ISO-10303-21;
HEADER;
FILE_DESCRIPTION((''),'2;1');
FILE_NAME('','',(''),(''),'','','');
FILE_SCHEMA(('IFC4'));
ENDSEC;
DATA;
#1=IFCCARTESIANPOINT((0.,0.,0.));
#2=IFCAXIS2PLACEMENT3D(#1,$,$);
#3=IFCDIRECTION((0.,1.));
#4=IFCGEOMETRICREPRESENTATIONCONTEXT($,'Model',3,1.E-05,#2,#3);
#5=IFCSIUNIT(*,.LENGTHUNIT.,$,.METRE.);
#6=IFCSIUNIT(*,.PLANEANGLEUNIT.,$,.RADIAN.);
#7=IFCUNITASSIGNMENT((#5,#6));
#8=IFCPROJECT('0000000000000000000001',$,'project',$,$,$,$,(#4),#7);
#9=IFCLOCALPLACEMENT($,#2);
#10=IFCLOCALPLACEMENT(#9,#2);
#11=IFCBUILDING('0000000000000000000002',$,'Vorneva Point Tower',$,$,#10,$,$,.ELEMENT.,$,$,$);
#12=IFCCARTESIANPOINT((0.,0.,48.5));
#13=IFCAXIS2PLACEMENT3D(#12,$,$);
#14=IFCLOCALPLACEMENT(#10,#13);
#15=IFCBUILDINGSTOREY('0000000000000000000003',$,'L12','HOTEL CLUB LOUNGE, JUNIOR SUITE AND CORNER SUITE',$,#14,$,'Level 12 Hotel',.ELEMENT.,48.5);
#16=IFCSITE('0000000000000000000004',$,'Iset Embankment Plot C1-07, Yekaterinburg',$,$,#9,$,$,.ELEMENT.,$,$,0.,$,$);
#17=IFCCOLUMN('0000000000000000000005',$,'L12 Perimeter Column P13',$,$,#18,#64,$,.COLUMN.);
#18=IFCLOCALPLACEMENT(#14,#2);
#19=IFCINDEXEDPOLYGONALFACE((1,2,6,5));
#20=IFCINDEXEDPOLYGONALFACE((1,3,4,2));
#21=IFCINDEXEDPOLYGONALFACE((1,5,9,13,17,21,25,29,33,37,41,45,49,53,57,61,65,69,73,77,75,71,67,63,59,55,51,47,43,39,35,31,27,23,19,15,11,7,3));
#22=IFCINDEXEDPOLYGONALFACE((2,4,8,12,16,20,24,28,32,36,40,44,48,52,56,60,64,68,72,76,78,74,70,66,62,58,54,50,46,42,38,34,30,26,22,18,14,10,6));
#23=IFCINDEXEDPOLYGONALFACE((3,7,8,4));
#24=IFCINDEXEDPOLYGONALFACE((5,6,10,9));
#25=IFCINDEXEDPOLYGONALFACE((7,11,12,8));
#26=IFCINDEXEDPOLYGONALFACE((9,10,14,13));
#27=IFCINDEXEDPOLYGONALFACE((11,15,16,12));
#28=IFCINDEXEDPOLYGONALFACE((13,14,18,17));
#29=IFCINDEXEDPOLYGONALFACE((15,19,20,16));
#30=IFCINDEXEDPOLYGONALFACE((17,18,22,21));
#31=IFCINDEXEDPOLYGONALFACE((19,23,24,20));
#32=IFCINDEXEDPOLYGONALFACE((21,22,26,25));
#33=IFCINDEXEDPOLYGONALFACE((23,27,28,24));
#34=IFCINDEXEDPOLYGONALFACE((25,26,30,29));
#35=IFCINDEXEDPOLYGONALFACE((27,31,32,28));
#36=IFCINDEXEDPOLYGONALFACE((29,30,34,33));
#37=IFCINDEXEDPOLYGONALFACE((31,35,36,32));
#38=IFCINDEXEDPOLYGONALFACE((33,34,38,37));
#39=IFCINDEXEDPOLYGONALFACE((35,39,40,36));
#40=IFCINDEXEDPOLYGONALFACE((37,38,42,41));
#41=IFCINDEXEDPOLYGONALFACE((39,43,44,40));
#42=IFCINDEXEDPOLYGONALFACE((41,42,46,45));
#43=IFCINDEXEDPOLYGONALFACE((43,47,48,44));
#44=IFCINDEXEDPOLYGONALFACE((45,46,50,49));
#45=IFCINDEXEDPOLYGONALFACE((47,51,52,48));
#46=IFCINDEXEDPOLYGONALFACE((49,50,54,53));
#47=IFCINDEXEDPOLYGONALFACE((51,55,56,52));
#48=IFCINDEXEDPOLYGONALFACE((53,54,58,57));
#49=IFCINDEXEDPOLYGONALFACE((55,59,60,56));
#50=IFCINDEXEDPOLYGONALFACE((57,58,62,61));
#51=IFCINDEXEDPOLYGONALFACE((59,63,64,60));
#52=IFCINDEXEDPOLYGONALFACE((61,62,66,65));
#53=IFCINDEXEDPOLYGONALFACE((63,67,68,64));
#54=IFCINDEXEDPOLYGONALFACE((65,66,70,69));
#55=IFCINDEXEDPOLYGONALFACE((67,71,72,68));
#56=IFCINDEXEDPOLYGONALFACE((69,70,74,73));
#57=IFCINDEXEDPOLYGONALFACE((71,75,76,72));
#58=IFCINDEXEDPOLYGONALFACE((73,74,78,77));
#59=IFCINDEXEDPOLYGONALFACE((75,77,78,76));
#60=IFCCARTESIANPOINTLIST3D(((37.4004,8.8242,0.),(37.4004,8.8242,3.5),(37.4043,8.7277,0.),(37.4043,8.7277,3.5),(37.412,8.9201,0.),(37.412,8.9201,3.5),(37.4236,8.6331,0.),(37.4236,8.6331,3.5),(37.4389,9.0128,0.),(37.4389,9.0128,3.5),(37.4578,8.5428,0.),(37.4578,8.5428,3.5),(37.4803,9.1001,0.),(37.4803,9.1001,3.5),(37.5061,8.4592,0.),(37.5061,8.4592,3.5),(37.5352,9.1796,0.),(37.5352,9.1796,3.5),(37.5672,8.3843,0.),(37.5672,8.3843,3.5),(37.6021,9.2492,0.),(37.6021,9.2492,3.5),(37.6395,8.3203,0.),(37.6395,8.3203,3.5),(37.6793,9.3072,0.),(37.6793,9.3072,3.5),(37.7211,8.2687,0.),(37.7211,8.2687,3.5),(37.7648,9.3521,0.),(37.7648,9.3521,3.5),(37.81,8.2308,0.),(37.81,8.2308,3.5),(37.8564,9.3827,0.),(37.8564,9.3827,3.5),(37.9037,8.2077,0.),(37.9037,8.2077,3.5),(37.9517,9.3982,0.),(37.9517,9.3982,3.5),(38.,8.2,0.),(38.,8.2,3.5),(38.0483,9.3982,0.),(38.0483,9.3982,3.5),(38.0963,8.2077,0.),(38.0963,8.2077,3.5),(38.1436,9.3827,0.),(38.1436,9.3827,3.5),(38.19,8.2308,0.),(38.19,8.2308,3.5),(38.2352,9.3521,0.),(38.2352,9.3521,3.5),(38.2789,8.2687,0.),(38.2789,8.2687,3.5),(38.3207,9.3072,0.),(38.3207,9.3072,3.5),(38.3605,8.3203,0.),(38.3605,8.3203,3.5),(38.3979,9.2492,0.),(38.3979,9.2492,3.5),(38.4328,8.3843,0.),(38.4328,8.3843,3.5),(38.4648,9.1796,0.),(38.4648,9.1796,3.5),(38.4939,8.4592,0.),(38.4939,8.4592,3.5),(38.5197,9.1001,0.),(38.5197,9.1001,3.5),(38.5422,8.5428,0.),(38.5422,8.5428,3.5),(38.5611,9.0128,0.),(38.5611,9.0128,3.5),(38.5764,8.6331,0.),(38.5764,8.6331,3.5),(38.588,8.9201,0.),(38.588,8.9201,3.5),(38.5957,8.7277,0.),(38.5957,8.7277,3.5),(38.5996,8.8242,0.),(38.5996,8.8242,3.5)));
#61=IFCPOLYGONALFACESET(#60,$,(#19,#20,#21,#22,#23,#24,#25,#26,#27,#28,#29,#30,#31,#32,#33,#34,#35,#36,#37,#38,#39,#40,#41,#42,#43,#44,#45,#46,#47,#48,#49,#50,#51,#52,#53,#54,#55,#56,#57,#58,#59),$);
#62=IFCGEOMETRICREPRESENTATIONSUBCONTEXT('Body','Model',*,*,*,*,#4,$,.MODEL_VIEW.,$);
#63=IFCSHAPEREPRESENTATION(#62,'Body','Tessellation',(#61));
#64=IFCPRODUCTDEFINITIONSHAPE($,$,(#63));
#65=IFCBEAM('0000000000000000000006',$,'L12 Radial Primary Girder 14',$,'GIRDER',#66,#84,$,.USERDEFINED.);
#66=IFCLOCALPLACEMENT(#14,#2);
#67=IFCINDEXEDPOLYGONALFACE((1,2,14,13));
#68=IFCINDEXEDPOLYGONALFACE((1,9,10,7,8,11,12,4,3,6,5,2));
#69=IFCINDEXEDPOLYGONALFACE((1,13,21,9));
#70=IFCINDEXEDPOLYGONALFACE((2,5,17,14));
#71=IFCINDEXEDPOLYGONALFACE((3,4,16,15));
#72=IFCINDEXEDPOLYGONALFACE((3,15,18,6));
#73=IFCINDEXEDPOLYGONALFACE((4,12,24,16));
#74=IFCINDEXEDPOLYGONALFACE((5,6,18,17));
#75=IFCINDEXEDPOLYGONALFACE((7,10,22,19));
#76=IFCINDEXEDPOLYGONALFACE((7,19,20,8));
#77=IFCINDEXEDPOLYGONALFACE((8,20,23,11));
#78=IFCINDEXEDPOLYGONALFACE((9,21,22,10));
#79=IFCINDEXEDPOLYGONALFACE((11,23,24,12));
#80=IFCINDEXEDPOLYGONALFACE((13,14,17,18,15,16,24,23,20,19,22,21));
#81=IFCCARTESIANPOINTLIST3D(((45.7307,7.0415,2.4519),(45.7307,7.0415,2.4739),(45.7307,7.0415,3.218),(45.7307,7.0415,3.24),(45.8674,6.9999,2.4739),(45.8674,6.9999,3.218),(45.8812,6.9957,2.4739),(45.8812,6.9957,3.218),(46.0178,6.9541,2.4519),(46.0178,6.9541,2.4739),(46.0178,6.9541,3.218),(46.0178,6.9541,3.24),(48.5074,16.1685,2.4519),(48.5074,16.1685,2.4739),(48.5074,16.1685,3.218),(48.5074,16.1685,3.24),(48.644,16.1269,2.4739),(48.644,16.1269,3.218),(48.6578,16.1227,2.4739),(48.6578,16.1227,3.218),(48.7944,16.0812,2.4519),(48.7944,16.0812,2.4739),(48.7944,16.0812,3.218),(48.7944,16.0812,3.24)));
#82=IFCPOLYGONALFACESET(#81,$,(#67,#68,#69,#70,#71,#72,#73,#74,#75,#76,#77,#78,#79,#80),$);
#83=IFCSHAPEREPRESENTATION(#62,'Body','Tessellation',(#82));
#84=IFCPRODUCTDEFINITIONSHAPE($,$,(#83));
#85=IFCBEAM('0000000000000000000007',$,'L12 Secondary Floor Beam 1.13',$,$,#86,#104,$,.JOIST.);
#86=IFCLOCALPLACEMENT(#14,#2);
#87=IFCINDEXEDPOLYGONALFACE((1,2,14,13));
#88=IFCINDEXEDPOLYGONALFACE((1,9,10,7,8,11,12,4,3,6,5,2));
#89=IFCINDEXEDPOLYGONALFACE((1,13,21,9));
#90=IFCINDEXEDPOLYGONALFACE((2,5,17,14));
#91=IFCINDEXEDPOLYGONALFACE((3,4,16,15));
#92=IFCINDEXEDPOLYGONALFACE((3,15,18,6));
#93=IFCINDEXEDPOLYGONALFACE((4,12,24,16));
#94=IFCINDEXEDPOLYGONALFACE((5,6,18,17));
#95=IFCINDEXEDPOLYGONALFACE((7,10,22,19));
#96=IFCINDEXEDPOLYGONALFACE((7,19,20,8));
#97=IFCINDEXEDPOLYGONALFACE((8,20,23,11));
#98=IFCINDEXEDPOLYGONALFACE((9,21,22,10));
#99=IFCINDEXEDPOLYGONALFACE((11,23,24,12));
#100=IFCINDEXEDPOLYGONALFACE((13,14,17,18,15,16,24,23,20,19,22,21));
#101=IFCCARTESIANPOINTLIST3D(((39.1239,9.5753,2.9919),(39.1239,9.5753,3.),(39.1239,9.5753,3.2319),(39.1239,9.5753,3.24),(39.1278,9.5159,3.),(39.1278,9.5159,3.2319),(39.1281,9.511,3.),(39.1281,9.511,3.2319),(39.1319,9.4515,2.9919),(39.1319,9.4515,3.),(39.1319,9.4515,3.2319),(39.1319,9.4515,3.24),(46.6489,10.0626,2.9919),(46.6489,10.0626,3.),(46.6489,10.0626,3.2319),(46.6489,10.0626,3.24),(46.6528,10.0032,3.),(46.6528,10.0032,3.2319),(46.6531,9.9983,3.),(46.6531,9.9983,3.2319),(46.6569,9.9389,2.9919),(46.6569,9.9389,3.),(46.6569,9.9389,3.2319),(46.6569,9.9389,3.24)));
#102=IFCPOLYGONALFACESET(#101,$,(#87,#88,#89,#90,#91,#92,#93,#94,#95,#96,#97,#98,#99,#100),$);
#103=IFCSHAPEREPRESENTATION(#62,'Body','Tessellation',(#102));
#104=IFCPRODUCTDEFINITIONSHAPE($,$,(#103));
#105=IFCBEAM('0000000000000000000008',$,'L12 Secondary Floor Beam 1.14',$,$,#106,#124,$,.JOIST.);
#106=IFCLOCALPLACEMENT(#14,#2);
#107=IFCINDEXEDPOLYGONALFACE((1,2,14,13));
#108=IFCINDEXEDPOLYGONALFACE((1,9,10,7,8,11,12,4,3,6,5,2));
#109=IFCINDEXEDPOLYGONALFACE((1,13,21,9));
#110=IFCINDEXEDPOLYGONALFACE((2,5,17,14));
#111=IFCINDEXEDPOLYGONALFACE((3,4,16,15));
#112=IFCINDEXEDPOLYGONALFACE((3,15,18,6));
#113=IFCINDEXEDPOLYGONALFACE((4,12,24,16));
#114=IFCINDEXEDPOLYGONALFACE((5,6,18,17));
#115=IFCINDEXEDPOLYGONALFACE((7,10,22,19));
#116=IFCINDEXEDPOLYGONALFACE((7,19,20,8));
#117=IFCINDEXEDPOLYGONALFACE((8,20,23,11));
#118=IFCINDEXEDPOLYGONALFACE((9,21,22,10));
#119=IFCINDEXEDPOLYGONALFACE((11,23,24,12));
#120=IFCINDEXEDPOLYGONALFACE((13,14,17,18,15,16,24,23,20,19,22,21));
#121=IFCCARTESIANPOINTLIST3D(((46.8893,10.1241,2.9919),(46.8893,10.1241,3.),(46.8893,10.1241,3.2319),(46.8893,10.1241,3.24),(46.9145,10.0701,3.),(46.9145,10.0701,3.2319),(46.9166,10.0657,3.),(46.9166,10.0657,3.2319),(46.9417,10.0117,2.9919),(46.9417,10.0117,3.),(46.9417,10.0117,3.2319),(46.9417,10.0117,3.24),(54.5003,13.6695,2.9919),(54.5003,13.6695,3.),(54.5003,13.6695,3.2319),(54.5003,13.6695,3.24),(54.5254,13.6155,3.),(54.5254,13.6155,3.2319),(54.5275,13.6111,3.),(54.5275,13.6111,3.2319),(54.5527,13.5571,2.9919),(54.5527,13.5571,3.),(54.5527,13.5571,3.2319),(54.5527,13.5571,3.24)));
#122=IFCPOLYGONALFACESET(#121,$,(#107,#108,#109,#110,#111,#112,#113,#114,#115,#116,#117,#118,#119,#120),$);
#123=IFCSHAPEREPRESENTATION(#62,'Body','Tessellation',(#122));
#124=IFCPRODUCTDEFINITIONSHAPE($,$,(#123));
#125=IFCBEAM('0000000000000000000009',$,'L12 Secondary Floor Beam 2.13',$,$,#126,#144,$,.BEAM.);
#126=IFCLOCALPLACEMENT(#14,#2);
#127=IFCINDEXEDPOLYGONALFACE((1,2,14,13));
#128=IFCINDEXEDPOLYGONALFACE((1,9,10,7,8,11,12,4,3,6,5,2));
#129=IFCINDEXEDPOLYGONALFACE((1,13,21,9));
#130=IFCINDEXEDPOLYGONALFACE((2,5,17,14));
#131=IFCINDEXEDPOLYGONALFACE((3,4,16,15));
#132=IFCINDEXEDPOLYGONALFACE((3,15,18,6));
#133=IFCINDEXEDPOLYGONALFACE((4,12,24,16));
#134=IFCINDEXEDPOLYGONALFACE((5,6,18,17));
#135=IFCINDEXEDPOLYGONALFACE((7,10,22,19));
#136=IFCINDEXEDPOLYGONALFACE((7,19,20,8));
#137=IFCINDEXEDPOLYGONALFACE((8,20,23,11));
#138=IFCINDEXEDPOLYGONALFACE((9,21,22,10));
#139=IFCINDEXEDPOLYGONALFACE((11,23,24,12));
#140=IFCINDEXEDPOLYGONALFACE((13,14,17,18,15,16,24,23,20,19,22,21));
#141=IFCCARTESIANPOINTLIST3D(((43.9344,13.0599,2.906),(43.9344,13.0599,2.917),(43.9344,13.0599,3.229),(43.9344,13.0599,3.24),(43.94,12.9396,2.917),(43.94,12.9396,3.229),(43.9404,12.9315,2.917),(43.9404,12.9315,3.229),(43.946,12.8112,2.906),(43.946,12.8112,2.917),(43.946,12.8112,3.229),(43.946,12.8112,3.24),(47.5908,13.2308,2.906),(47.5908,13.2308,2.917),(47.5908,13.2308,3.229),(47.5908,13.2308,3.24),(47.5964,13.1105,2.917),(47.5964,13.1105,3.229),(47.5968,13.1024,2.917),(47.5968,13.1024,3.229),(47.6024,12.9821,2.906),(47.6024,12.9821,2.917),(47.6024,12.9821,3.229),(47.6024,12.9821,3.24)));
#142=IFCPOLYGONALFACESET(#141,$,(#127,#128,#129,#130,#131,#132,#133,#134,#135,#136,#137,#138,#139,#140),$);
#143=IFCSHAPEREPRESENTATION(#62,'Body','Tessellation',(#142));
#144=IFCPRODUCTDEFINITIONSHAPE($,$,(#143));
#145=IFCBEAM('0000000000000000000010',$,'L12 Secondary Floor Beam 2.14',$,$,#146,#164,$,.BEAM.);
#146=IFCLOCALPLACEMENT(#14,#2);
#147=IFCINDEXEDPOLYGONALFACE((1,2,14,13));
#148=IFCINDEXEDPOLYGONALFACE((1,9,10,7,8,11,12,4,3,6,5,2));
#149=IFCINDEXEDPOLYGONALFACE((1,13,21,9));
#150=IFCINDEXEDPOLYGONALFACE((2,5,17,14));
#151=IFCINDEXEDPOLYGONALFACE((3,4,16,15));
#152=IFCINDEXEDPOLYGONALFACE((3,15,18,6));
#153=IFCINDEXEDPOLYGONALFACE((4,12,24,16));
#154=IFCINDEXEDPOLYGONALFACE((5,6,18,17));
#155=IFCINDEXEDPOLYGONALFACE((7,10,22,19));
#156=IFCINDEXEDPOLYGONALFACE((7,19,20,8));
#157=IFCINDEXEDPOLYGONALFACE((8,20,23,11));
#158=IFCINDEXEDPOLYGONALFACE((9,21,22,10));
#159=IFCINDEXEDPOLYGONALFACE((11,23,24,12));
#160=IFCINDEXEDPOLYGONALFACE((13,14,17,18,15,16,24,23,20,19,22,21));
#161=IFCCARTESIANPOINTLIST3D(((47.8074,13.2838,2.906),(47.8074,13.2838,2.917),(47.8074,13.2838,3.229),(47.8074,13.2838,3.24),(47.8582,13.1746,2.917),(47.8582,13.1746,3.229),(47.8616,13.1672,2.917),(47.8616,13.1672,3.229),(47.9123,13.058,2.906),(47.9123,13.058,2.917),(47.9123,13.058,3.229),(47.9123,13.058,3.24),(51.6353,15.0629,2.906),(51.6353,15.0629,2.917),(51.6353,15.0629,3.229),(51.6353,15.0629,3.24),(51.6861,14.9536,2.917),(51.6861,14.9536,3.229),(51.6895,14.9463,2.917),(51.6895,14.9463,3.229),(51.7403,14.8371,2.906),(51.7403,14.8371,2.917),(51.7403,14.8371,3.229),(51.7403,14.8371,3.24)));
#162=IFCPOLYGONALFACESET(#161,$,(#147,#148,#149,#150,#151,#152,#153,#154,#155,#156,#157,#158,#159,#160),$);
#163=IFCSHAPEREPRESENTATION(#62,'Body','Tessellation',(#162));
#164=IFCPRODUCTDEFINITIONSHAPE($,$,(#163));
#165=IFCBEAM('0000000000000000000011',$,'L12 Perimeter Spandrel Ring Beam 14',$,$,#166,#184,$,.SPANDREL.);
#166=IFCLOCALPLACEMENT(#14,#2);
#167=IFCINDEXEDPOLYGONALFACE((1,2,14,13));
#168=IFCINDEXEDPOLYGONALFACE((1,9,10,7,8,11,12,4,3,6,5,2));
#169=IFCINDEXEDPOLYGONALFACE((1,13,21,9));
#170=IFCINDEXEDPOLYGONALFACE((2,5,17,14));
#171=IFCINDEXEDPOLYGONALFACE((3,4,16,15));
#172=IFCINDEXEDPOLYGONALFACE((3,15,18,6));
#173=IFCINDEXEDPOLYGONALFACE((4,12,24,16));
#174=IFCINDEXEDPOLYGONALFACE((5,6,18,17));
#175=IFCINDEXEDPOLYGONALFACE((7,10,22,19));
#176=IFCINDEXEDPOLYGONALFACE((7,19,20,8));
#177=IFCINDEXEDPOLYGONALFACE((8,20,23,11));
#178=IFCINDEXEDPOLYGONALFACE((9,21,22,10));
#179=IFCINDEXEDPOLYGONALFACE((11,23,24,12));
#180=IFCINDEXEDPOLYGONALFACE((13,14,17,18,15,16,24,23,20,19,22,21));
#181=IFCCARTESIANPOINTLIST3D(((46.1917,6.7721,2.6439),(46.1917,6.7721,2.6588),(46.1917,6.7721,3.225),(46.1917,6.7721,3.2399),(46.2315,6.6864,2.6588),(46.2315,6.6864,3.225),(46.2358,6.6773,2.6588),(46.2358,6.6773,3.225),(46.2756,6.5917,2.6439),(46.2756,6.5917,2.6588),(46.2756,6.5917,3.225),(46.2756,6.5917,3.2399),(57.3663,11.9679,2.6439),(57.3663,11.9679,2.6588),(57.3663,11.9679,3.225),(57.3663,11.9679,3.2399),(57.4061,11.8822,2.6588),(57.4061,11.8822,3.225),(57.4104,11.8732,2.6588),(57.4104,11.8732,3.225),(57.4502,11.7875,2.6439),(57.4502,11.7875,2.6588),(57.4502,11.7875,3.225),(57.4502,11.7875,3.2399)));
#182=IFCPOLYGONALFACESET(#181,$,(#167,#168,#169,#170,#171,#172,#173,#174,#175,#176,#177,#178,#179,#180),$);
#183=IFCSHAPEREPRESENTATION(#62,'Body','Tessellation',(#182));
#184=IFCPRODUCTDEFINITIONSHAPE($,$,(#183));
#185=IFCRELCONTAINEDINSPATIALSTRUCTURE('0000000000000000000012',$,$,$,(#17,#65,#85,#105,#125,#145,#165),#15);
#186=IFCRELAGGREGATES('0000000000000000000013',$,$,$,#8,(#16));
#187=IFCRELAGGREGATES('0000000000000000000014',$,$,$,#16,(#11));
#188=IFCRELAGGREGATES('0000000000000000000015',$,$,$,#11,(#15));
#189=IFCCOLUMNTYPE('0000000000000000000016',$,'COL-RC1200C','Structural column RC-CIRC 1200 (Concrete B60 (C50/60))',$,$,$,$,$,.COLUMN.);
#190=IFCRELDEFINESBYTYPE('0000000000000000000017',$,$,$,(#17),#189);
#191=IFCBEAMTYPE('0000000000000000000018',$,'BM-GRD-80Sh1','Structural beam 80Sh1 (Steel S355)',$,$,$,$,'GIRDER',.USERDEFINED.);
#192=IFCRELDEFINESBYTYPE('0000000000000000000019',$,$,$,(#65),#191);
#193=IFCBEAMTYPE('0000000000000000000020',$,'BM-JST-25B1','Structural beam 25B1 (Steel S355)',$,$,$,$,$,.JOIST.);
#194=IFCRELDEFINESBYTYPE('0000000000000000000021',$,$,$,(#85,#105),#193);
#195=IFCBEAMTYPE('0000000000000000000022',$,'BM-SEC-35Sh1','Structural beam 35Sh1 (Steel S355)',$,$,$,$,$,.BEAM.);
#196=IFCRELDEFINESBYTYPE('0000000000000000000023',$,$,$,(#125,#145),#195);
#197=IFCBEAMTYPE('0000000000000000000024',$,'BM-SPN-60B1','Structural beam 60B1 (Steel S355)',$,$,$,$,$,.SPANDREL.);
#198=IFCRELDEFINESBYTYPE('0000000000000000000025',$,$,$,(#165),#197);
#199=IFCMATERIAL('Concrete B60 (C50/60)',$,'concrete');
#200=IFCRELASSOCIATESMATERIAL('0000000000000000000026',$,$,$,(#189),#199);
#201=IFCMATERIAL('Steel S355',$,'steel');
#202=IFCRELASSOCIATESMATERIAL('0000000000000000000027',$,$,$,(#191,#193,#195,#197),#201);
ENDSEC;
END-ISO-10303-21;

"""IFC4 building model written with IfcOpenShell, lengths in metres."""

from ifc_helpers import new_model, si_unit, direction, frame, origin, origin_2d, place, context, subcontext, project, spatial, circle, i_section, extrude, material, material_profile, profile_set, type_object, element, save


model = new_model("IFC4")

# Units and contexts
model_context = context("Model", 3, precision=1e-05, world=origin(), true_north=direction((0.0, 1.0)))
body_context = subcontext(model_context, "Body", "Model", "MODEL_VIEW")
ifc_project = project(units=[si_unit("LENGTHUNIT", "METRE"), si_unit("PLANEANGLEUNIT", "RADIAN")], contexts=[model_context])

# Site, building, storey
site_placement = place(None, origin())
site = spatial("IfcSite", under=ifc_project, at=site_placement, Name="Iset Embankment Plot C1-07, Yekaterinburg", CompositionType="ELEMENT", RefElevation=0.0)
building_placement = place(site_placement, origin())
building = spatial("IfcBuilding", under=site, at=building_placement, Name="Vorneva Point Tower", CompositionType="ELEMENT")
storey_placement = place(building_placement, frame((0.0, 0.0, 48.5)))
storey = spatial("IfcBuildingStorey", under=building, at=storey_placement, Name="L12", Description="HOTEL CLUB LOUNGE, JUNIOR SUITE AND CORNER SUITE", LongName="Level 12 Hotel", CompositionType="ELEMENT", Elevation=48.5)

# Column
ifc_material_1 = material(Name="Concrete B60 (C50/60)", Category="concrete")
ifc_material_profile_1 = material_profile(ifc_material_1, circle(Radius=0.6001, at=origin_2d()), Name="RC-CIRC 1200")
ifc_profile_set_1 = profile_set([ifc_material_profile_1], Name="Concrete B60 (C50/60)")
column_type = type_object("IfcColumnType", Name="COL-RC1200C", Description="Structural column RC-CIRC 1200 (Concrete B60 (C50/60))", PredefinedType="COLUMN", material=ifc_profile_set_1)
for number, where, z_axis, x_axis, name in (
    (1, (38.0, 8.8, 0.0), (0.0, 0.0, 1.0), (0.0, -1.0, 0.0), "L12 Perimeter Column P13"),
):
    element("IfcColumn", number, at=place(storey_placement, frame(where, z_axis=z_axis, x_axis=x_axis)), inside=storey, type_object=column_type, Name=name, PredefinedType="COLUMN", context=body_context, shape_type="SweptSolid", body=[
        extrude(circle(Radius=0.6001, at=origin_2d()), origin(), (0.0, 0.0, 1.0), 3.5),
    ])

# Beams
ifc_material_2 = material(Name="Steel S355", Category="steel")
ifc_material_profile_2 = material_profile(ifc_material_2, i_section(OverallWidth=0.3, OverallDepth=0.7881, WebThickness=0.0144, FlangeThickness=0.022, at=origin_2d()), Name="80Sh1")
ifc_profile_set_2 = profile_set([ifc_material_profile_2], Name="Steel S355")
beam_type_1 = type_object("IfcBeamType", Name="BM-GRD-80Sh1", Description="Structural beam 80Sh1 (Steel S355)", ElementType="GIRDER", PredefinedType="USERDEFINED", material=ifc_profile_set_2)
beam_1_placement = place(storey_placement, frame((45.8743, 6.9978, 2.8459), z_axis=(0.291051, 0.956708, 0.0), x_axis=(-0.956708, 0.291051, 0.0)))
element("IfcBeam", 2, at=beam_1_placement, inside=storey, type_object=beam_type_1, Name="L12 Radial Primary Girder 14", ObjectType="GIRDER", PredefinedType="USERDEFINED", context=body_context, shape_type="SweptSolid", body=[
    extrude(i_section(OverallWidth=0.3, OverallDepth=0.7881, WebThickness=0.0144, FlangeThickness=0.022, at=origin_2d()), origin(), (0.0, 0.0, 1.0), 9.54),
])
ifc_material_profile_3 = material_profile(ifc_material_2, i_section(OverallWidth=0.124, OverallDepth=0.248, WebThickness=0.0049, FlangeThickness=0.0081, at=origin_2d()), Name="25B1")
ifc_profile_set_3 = profile_set([ifc_material_profile_3], Name="Steel S355")
beam_type_2 = type_object("IfcBeamType", Name="BM-JST-25B1", Description="Structural beam 25B1 (Steel S355)", PredefinedType="JOIST", material=ifc_profile_set_3)
beam_2_placement = place(storey_placement, frame((39.1279, 9.5134, 3.116), z_axis=(0.99791, 0.064624, 0.0), x_axis=(-0.064624, 0.99791, 0.0)))
element("IfcBeam", 3, at=beam_2_placement, inside=storey, type_object=beam_type_2, Name="L12 Secondary Floor Beam 1.13", PredefinedType="JOIST", context=body_context, shape_type="SweptSolid", body=[
    extrude(i_section(OverallWidth=0.124, OverallDepth=0.248, WebThickness=0.0049, FlangeThickness=0.0081, at=origin_2d()), origin(), (0.0, 0.0, 1.0), 7.5408),
])
beam_3_placement = place(storey_placement, frame((46.9155, 10.0679, 3.116), z_axis=(0.906471, 0.422268, 0.0), x_axis=(-0.422268, 0.906471, 0.0)))
element("IfcBeam", 4, at=beam_3_placement, inside=storey, type_object=beam_type_2, Name="L12 Secondary Floor Beam 1.14", PredefinedType="JOIST", context=body_context, shape_type="SweptSolid", body=[
    extrude(i_section(OverallWidth=0.124, OverallDepth=0.248, WebThickness=0.0049, FlangeThickness=0.0081, at=origin_2d()), origin(), (0.0, 0.0, 1.0), 8.3962),
])
ifc_material_profile_4 = material_profile(ifc_material_2, i_section(OverallWidth=0.249, OverallDepth=0.334, WebThickness=0.0081, FlangeThickness=0.011, at=origin_2d()), Name="35Sh1")
ifc_profile_set_4 = profile_set([ifc_material_profile_4], Name="Steel S355")
beam_type_3 = type_object("IfcBeamType", Name="BM-SEC-35Sh1", Description="Structural beam 35Sh1 (Steel S355)", PredefinedType="BEAM", material=ifc_profile_set_4)
beam_4_placement = place(storey_placement, frame((43.9402, 12.9355, 3.073), z_axis=(0.99891, 0.046687, 0.0), x_axis=(-0.046687, 0.99891, 0.0)))
element("IfcBeam", 5, at=beam_4_placement, inside=storey, type_object=beam_type_3, Name="L12 Secondary Floor Beam 2.13", PredefinedType="BEAM", context=body_context, shape_type="SweptSolid", body=[
    extrude(i_section(OverallWidth=0.249, OverallDepth=0.334, WebThickness=0.0081, FlangeThickness=0.011, at=origin_2d()), origin(), (0.0, 0.0, 1.0), 3.6604),
])
beam_5_placement = place(storey_placement, frame((47.8599, 13.1709, 3.073), z_axis=(0.906844, 0.421466, 0.0), x_axis=(-0.421466, 0.906844, 0.0)))
element("IfcBeam", 6, at=beam_5_placement, inside=storey, type_object=beam_type_3, Name="L12 Secondary Floor Beam 2.14", PredefinedType="BEAM", context=body_context, shape_type="SweptSolid", body=[
    extrude(i_section(OverallWidth=0.249, OverallDepth=0.334, WebThickness=0.0081, FlangeThickness=0.011, at=origin_2d()), origin(), (0.0, 0.0, 1.0), 4.2212),
])
ifc_material_profile_5 = material_profile(ifc_material_2, i_section(OverallWidth=0.199, OverallDepth=0.5959, WebThickness=0.01, FlangeThickness=0.0149, at=origin_2d()), Name="60B1")
ifc_profile_set_5 = profile_set([ifc_material_profile_5], Name="Steel S355")
beam_type_4 = type_object("IfcBeamType", Name="BM-SPN-60B1", Description="Structural beam 60B1 (Steel S355)", PredefinedType="SPANDREL", material=ifc_profile_set_5)
beam_6_placement = place(storey_placement, frame((46.2336, 6.6819, 2.9419), z_axis=(0.906773, 0.421619, 0.0), x_axis=(-0.421619, 0.906773, 0.0)))
element("IfcBeam", 7, at=beam_6_placement, inside=storey, type_object=beam_type_4, Name="L12 Perimeter Spandrel Ring Beam 14", PredefinedType="SPANDREL", context=body_context, shape_type="SweptSolid", body=[
    extrude(i_section(OverallWidth=0.199, OverallDepth=0.5959, WebThickness=0.01, FlangeThickness=0.0149, at=origin_2d()), origin(), (0.0, 0.0, 1.0), 12.3235),
])

save(model, "model.ifc")
